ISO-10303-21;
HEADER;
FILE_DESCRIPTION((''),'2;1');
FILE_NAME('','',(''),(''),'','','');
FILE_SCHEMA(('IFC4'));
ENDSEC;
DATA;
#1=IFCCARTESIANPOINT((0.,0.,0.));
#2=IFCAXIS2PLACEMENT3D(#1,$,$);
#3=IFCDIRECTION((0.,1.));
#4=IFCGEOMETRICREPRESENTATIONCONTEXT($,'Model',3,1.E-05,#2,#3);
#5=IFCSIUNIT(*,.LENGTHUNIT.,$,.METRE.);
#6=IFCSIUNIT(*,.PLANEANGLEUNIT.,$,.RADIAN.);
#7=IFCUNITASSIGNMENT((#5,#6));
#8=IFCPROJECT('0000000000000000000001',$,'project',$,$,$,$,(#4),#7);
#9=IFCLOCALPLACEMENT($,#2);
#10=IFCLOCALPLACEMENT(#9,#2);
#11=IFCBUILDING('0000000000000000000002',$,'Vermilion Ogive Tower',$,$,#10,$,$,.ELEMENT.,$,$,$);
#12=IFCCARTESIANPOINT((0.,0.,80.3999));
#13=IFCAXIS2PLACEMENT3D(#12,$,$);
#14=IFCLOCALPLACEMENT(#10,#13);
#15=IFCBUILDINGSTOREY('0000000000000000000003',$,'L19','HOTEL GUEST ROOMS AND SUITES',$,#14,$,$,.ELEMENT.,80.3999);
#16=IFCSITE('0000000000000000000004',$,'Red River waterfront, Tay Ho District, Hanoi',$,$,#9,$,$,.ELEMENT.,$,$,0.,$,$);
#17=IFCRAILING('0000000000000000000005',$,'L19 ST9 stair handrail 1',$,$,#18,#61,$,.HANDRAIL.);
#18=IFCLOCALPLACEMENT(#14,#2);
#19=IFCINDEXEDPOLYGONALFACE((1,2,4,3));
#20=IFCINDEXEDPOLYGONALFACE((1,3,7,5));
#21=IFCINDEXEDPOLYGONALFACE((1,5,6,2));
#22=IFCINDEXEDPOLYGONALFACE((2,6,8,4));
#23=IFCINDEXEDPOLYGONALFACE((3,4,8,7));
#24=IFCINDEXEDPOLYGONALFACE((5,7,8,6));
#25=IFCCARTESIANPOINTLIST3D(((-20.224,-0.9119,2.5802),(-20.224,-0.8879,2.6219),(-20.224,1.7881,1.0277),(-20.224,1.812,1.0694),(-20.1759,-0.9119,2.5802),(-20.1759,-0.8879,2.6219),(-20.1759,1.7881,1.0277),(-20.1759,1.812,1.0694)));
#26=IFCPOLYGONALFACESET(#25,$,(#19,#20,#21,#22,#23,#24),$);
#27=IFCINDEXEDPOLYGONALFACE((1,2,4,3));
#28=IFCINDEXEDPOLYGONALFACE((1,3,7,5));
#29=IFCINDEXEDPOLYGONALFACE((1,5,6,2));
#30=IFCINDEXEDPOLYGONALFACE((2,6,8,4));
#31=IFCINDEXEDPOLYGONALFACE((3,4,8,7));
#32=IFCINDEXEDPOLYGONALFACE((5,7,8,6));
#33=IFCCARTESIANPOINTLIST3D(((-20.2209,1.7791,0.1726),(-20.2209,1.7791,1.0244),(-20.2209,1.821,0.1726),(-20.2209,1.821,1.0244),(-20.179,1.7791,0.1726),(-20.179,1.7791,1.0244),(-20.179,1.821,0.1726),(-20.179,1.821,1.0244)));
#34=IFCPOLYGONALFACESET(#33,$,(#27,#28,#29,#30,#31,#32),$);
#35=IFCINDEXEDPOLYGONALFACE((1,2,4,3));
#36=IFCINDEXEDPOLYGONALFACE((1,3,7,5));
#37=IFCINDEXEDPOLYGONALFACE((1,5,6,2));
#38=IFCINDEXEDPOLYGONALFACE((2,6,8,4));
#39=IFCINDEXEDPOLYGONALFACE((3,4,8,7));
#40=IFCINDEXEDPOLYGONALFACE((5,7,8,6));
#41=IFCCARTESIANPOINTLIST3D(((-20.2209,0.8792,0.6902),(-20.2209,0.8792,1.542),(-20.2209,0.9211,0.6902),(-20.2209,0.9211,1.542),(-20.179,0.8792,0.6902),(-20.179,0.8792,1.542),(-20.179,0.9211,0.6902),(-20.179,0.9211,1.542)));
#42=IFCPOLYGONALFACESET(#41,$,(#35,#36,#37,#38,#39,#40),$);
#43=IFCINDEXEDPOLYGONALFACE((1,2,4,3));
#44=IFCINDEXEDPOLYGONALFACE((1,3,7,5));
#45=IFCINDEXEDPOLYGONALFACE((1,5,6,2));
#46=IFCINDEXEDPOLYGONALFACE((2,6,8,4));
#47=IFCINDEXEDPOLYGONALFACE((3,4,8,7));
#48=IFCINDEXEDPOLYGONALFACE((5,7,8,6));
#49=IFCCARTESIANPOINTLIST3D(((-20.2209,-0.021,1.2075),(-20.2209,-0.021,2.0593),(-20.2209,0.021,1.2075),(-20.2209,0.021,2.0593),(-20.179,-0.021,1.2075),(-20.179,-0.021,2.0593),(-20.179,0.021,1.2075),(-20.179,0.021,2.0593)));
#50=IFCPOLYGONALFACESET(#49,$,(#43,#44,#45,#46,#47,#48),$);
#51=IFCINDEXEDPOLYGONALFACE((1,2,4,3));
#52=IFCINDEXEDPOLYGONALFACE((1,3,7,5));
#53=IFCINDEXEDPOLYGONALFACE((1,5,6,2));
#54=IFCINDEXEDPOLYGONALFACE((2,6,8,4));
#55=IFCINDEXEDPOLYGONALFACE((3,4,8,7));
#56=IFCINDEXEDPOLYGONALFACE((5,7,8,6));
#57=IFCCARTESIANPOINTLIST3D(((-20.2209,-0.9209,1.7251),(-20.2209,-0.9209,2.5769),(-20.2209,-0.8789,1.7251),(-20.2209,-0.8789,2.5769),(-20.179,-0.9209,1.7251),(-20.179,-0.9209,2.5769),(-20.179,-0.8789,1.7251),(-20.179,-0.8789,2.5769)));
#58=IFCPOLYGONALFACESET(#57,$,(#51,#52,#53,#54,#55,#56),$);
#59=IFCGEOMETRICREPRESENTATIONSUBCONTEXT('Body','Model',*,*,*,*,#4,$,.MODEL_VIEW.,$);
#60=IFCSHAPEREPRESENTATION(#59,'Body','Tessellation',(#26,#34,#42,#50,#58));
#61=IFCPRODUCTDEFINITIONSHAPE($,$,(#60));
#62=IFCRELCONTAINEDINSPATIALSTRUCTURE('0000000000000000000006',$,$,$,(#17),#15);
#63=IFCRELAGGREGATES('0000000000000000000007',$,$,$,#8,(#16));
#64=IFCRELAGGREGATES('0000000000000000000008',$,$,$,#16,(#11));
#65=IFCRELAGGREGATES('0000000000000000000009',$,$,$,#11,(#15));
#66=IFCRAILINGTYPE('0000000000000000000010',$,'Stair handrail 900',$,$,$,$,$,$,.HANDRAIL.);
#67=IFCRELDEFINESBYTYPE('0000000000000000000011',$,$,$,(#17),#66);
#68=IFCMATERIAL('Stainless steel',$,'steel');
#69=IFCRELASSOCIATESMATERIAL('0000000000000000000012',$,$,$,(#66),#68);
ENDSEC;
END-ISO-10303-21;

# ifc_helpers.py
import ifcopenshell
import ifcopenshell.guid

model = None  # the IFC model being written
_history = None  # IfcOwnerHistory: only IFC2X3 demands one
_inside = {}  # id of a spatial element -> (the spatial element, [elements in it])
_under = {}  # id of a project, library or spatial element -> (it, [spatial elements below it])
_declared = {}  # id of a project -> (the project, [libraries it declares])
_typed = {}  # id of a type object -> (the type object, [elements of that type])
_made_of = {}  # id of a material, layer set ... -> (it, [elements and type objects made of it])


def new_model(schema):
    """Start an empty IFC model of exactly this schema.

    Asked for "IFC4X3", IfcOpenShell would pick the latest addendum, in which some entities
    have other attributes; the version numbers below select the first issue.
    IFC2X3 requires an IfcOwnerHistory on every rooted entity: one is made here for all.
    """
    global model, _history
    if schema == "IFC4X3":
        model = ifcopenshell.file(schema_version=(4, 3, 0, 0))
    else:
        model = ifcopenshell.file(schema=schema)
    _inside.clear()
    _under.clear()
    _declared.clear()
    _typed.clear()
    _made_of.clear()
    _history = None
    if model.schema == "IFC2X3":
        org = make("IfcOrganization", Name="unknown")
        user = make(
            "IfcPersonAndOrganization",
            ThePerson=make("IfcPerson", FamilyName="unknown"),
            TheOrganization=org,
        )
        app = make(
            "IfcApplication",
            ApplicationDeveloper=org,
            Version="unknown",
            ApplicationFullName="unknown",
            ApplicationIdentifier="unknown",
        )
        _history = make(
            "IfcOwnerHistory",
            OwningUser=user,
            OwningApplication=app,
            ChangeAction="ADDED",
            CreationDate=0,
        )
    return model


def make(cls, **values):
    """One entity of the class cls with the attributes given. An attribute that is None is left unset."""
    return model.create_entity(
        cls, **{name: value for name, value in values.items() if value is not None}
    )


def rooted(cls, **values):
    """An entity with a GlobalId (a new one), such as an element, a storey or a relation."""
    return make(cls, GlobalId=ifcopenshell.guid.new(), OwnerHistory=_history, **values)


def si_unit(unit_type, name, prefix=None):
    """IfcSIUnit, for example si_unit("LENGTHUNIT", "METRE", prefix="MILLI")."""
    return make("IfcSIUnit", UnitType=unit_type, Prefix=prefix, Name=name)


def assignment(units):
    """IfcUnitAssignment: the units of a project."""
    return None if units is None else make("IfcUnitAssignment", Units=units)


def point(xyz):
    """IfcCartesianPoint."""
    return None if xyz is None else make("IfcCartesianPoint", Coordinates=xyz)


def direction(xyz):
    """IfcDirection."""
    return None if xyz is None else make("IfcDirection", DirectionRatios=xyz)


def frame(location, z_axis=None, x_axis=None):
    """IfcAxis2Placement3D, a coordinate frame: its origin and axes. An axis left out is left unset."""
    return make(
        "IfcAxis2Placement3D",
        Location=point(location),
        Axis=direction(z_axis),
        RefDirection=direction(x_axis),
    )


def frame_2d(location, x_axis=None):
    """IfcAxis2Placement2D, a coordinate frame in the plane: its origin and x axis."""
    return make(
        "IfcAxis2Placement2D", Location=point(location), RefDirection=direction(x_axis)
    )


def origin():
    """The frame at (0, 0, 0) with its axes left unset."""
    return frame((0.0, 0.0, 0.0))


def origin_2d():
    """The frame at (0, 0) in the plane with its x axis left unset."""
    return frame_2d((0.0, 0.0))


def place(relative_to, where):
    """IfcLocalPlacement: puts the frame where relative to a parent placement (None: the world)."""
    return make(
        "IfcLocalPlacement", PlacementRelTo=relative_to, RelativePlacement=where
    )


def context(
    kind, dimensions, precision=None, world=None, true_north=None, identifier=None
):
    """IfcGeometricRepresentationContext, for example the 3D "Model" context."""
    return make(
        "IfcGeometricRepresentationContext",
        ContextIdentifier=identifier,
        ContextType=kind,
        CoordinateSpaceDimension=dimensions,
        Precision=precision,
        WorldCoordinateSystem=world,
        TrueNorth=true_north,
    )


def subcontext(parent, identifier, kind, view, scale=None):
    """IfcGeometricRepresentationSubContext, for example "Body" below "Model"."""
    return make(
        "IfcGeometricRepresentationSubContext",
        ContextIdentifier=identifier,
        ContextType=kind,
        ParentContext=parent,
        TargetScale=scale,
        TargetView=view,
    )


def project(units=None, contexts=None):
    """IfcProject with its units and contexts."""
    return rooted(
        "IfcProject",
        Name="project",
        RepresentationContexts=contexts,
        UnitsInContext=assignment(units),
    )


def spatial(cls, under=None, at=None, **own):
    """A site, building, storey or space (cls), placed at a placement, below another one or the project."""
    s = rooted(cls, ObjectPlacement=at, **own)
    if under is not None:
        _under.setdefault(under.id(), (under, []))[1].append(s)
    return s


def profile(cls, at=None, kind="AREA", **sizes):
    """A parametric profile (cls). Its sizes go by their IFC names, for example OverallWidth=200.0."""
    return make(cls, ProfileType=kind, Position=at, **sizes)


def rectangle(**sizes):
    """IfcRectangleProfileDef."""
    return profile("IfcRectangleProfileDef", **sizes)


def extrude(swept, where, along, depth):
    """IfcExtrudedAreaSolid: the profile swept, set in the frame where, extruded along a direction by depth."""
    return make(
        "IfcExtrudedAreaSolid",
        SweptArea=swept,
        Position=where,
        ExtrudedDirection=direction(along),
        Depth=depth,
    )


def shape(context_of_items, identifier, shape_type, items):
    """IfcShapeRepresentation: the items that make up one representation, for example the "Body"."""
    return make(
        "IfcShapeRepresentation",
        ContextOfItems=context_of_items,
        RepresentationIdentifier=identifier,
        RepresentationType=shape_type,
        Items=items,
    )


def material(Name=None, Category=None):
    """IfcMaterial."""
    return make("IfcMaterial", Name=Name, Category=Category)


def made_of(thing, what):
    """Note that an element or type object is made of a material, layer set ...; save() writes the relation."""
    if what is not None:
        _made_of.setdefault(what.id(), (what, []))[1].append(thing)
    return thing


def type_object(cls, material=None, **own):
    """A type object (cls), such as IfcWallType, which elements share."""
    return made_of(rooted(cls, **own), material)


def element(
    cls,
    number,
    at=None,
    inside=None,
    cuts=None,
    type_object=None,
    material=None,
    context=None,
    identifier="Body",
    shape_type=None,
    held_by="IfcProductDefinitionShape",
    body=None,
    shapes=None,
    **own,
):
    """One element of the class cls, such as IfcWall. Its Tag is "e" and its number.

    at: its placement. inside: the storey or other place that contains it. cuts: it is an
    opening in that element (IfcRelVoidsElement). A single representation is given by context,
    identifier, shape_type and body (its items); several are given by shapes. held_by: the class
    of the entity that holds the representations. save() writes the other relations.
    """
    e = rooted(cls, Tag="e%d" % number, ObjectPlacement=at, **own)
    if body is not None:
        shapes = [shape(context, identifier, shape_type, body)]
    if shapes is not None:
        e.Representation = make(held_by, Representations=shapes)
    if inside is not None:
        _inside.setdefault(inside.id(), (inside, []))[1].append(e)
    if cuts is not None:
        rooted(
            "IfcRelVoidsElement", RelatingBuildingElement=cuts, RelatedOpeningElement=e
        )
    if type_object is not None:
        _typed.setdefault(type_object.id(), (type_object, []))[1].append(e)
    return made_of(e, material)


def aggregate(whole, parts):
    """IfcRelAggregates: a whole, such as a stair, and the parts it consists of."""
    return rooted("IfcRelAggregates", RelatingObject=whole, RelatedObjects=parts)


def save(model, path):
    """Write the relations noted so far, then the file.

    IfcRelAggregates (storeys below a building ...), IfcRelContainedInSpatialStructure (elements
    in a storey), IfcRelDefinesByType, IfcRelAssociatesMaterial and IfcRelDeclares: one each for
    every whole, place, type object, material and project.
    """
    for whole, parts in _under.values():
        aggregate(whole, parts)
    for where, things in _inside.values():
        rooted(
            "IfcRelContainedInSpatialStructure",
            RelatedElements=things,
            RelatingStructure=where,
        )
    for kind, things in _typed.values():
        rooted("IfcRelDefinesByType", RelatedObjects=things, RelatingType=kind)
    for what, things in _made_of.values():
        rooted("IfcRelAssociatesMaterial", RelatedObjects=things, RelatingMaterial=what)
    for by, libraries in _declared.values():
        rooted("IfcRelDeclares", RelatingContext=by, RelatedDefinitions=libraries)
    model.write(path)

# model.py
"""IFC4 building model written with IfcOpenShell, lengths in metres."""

from ifc_helpers import new_model, si_unit, direction, frame, origin, origin_2d, place, context, subcontext, project, spatial, rectangle, extrude, material, type_object, element, save


model = new_model("IFC4")

# Units and contexts
model_context = context("Model", 3, precision=1e-05, world=origin(), true_north=direction((0.0, 1.0)))
body_context = subcontext(model_context, "Body", "Model", "MODEL_VIEW")
ifc_project = project(units=[si_unit("LENGTHUNIT", "METRE"), si_unit("PLANEANGLEUNIT", "RADIAN")], contexts=[model_context])

# Site, building, storey
site_placement = place(None, origin())
site = spatial("IfcSite", under=ifc_project, at=site_placement, Name="Red River waterfront, Tay Ho District, Hanoi", CompositionType="ELEMENT", RefElevation=0.0)
building_placement = place(site_placement, origin())
building = spatial("IfcBuilding", under=site, at=building_placement, Name="Vermilion Ogive Tower", CompositionType="ELEMENT")
storey_placement = place(building_placement, frame((0.0, 0.0, 80.3999)))
storey = spatial("IfcBuildingStorey", under=building, at=storey_placement, Name="L19", Description="HOTEL GUEST ROOMS AND SUITES", CompositionType="ELEMENT", Elevation=80.3999)

# Railing
ifc_material_1 = material(Name="Stainless steel", Category="steel")
railing_type_1 = type_object("IfcRailingType", Name="Stair handrail 900", PredefinedType="HANDRAIL", material=ifc_material_1)
railing_1_placement = place(storey_placement, frame((-20.2, 1.8, 0.1726)))
element("IfcRailing", 1, at=railing_1_placement, inside=storey, type_object=railing_type_1, Name="L19 ST9 stair handrail 1", PredefinedType="HANDRAIL", context=body_context, shape_type="SweptSolid", body=[
    extrude(rectangle(XDim=0.0481, YDim=0.0481, at=origin_2d()), frame((0.0, 0.0, 0.876), z_axis=(0.0, -0.866904, 0.498476), x_axis=(1.0, 0.0, 0.0)), (0.0, 0.0, 1.0), 3.1145),
    extrude(rectangle(XDim=0.042, YDim=0.042, at=origin_2d()), origin(), (0.0, 0.0, 1.0), 0.8518),
    extrude(rectangle(XDim=0.042, YDim=0.042, at=origin_2d()), frame((0.0, -0.8999, 0.5176)), (0.0, 0.0, 1.0), 0.8518),
    extrude(rectangle(XDim=0.042, YDim=0.042, at=origin_2d()), frame((0.0, -1.8, 1.0349)), (0.0, 0.0, 1.0), 0.8518),
    extrude(rectangle(XDim=0.042, YDim=0.042, at=origin_2d()), frame((0.0, -2.7, 1.5525)), (0.0, 0.0, 1.0), 0.8518),
])

save(model, "model.ifc")
